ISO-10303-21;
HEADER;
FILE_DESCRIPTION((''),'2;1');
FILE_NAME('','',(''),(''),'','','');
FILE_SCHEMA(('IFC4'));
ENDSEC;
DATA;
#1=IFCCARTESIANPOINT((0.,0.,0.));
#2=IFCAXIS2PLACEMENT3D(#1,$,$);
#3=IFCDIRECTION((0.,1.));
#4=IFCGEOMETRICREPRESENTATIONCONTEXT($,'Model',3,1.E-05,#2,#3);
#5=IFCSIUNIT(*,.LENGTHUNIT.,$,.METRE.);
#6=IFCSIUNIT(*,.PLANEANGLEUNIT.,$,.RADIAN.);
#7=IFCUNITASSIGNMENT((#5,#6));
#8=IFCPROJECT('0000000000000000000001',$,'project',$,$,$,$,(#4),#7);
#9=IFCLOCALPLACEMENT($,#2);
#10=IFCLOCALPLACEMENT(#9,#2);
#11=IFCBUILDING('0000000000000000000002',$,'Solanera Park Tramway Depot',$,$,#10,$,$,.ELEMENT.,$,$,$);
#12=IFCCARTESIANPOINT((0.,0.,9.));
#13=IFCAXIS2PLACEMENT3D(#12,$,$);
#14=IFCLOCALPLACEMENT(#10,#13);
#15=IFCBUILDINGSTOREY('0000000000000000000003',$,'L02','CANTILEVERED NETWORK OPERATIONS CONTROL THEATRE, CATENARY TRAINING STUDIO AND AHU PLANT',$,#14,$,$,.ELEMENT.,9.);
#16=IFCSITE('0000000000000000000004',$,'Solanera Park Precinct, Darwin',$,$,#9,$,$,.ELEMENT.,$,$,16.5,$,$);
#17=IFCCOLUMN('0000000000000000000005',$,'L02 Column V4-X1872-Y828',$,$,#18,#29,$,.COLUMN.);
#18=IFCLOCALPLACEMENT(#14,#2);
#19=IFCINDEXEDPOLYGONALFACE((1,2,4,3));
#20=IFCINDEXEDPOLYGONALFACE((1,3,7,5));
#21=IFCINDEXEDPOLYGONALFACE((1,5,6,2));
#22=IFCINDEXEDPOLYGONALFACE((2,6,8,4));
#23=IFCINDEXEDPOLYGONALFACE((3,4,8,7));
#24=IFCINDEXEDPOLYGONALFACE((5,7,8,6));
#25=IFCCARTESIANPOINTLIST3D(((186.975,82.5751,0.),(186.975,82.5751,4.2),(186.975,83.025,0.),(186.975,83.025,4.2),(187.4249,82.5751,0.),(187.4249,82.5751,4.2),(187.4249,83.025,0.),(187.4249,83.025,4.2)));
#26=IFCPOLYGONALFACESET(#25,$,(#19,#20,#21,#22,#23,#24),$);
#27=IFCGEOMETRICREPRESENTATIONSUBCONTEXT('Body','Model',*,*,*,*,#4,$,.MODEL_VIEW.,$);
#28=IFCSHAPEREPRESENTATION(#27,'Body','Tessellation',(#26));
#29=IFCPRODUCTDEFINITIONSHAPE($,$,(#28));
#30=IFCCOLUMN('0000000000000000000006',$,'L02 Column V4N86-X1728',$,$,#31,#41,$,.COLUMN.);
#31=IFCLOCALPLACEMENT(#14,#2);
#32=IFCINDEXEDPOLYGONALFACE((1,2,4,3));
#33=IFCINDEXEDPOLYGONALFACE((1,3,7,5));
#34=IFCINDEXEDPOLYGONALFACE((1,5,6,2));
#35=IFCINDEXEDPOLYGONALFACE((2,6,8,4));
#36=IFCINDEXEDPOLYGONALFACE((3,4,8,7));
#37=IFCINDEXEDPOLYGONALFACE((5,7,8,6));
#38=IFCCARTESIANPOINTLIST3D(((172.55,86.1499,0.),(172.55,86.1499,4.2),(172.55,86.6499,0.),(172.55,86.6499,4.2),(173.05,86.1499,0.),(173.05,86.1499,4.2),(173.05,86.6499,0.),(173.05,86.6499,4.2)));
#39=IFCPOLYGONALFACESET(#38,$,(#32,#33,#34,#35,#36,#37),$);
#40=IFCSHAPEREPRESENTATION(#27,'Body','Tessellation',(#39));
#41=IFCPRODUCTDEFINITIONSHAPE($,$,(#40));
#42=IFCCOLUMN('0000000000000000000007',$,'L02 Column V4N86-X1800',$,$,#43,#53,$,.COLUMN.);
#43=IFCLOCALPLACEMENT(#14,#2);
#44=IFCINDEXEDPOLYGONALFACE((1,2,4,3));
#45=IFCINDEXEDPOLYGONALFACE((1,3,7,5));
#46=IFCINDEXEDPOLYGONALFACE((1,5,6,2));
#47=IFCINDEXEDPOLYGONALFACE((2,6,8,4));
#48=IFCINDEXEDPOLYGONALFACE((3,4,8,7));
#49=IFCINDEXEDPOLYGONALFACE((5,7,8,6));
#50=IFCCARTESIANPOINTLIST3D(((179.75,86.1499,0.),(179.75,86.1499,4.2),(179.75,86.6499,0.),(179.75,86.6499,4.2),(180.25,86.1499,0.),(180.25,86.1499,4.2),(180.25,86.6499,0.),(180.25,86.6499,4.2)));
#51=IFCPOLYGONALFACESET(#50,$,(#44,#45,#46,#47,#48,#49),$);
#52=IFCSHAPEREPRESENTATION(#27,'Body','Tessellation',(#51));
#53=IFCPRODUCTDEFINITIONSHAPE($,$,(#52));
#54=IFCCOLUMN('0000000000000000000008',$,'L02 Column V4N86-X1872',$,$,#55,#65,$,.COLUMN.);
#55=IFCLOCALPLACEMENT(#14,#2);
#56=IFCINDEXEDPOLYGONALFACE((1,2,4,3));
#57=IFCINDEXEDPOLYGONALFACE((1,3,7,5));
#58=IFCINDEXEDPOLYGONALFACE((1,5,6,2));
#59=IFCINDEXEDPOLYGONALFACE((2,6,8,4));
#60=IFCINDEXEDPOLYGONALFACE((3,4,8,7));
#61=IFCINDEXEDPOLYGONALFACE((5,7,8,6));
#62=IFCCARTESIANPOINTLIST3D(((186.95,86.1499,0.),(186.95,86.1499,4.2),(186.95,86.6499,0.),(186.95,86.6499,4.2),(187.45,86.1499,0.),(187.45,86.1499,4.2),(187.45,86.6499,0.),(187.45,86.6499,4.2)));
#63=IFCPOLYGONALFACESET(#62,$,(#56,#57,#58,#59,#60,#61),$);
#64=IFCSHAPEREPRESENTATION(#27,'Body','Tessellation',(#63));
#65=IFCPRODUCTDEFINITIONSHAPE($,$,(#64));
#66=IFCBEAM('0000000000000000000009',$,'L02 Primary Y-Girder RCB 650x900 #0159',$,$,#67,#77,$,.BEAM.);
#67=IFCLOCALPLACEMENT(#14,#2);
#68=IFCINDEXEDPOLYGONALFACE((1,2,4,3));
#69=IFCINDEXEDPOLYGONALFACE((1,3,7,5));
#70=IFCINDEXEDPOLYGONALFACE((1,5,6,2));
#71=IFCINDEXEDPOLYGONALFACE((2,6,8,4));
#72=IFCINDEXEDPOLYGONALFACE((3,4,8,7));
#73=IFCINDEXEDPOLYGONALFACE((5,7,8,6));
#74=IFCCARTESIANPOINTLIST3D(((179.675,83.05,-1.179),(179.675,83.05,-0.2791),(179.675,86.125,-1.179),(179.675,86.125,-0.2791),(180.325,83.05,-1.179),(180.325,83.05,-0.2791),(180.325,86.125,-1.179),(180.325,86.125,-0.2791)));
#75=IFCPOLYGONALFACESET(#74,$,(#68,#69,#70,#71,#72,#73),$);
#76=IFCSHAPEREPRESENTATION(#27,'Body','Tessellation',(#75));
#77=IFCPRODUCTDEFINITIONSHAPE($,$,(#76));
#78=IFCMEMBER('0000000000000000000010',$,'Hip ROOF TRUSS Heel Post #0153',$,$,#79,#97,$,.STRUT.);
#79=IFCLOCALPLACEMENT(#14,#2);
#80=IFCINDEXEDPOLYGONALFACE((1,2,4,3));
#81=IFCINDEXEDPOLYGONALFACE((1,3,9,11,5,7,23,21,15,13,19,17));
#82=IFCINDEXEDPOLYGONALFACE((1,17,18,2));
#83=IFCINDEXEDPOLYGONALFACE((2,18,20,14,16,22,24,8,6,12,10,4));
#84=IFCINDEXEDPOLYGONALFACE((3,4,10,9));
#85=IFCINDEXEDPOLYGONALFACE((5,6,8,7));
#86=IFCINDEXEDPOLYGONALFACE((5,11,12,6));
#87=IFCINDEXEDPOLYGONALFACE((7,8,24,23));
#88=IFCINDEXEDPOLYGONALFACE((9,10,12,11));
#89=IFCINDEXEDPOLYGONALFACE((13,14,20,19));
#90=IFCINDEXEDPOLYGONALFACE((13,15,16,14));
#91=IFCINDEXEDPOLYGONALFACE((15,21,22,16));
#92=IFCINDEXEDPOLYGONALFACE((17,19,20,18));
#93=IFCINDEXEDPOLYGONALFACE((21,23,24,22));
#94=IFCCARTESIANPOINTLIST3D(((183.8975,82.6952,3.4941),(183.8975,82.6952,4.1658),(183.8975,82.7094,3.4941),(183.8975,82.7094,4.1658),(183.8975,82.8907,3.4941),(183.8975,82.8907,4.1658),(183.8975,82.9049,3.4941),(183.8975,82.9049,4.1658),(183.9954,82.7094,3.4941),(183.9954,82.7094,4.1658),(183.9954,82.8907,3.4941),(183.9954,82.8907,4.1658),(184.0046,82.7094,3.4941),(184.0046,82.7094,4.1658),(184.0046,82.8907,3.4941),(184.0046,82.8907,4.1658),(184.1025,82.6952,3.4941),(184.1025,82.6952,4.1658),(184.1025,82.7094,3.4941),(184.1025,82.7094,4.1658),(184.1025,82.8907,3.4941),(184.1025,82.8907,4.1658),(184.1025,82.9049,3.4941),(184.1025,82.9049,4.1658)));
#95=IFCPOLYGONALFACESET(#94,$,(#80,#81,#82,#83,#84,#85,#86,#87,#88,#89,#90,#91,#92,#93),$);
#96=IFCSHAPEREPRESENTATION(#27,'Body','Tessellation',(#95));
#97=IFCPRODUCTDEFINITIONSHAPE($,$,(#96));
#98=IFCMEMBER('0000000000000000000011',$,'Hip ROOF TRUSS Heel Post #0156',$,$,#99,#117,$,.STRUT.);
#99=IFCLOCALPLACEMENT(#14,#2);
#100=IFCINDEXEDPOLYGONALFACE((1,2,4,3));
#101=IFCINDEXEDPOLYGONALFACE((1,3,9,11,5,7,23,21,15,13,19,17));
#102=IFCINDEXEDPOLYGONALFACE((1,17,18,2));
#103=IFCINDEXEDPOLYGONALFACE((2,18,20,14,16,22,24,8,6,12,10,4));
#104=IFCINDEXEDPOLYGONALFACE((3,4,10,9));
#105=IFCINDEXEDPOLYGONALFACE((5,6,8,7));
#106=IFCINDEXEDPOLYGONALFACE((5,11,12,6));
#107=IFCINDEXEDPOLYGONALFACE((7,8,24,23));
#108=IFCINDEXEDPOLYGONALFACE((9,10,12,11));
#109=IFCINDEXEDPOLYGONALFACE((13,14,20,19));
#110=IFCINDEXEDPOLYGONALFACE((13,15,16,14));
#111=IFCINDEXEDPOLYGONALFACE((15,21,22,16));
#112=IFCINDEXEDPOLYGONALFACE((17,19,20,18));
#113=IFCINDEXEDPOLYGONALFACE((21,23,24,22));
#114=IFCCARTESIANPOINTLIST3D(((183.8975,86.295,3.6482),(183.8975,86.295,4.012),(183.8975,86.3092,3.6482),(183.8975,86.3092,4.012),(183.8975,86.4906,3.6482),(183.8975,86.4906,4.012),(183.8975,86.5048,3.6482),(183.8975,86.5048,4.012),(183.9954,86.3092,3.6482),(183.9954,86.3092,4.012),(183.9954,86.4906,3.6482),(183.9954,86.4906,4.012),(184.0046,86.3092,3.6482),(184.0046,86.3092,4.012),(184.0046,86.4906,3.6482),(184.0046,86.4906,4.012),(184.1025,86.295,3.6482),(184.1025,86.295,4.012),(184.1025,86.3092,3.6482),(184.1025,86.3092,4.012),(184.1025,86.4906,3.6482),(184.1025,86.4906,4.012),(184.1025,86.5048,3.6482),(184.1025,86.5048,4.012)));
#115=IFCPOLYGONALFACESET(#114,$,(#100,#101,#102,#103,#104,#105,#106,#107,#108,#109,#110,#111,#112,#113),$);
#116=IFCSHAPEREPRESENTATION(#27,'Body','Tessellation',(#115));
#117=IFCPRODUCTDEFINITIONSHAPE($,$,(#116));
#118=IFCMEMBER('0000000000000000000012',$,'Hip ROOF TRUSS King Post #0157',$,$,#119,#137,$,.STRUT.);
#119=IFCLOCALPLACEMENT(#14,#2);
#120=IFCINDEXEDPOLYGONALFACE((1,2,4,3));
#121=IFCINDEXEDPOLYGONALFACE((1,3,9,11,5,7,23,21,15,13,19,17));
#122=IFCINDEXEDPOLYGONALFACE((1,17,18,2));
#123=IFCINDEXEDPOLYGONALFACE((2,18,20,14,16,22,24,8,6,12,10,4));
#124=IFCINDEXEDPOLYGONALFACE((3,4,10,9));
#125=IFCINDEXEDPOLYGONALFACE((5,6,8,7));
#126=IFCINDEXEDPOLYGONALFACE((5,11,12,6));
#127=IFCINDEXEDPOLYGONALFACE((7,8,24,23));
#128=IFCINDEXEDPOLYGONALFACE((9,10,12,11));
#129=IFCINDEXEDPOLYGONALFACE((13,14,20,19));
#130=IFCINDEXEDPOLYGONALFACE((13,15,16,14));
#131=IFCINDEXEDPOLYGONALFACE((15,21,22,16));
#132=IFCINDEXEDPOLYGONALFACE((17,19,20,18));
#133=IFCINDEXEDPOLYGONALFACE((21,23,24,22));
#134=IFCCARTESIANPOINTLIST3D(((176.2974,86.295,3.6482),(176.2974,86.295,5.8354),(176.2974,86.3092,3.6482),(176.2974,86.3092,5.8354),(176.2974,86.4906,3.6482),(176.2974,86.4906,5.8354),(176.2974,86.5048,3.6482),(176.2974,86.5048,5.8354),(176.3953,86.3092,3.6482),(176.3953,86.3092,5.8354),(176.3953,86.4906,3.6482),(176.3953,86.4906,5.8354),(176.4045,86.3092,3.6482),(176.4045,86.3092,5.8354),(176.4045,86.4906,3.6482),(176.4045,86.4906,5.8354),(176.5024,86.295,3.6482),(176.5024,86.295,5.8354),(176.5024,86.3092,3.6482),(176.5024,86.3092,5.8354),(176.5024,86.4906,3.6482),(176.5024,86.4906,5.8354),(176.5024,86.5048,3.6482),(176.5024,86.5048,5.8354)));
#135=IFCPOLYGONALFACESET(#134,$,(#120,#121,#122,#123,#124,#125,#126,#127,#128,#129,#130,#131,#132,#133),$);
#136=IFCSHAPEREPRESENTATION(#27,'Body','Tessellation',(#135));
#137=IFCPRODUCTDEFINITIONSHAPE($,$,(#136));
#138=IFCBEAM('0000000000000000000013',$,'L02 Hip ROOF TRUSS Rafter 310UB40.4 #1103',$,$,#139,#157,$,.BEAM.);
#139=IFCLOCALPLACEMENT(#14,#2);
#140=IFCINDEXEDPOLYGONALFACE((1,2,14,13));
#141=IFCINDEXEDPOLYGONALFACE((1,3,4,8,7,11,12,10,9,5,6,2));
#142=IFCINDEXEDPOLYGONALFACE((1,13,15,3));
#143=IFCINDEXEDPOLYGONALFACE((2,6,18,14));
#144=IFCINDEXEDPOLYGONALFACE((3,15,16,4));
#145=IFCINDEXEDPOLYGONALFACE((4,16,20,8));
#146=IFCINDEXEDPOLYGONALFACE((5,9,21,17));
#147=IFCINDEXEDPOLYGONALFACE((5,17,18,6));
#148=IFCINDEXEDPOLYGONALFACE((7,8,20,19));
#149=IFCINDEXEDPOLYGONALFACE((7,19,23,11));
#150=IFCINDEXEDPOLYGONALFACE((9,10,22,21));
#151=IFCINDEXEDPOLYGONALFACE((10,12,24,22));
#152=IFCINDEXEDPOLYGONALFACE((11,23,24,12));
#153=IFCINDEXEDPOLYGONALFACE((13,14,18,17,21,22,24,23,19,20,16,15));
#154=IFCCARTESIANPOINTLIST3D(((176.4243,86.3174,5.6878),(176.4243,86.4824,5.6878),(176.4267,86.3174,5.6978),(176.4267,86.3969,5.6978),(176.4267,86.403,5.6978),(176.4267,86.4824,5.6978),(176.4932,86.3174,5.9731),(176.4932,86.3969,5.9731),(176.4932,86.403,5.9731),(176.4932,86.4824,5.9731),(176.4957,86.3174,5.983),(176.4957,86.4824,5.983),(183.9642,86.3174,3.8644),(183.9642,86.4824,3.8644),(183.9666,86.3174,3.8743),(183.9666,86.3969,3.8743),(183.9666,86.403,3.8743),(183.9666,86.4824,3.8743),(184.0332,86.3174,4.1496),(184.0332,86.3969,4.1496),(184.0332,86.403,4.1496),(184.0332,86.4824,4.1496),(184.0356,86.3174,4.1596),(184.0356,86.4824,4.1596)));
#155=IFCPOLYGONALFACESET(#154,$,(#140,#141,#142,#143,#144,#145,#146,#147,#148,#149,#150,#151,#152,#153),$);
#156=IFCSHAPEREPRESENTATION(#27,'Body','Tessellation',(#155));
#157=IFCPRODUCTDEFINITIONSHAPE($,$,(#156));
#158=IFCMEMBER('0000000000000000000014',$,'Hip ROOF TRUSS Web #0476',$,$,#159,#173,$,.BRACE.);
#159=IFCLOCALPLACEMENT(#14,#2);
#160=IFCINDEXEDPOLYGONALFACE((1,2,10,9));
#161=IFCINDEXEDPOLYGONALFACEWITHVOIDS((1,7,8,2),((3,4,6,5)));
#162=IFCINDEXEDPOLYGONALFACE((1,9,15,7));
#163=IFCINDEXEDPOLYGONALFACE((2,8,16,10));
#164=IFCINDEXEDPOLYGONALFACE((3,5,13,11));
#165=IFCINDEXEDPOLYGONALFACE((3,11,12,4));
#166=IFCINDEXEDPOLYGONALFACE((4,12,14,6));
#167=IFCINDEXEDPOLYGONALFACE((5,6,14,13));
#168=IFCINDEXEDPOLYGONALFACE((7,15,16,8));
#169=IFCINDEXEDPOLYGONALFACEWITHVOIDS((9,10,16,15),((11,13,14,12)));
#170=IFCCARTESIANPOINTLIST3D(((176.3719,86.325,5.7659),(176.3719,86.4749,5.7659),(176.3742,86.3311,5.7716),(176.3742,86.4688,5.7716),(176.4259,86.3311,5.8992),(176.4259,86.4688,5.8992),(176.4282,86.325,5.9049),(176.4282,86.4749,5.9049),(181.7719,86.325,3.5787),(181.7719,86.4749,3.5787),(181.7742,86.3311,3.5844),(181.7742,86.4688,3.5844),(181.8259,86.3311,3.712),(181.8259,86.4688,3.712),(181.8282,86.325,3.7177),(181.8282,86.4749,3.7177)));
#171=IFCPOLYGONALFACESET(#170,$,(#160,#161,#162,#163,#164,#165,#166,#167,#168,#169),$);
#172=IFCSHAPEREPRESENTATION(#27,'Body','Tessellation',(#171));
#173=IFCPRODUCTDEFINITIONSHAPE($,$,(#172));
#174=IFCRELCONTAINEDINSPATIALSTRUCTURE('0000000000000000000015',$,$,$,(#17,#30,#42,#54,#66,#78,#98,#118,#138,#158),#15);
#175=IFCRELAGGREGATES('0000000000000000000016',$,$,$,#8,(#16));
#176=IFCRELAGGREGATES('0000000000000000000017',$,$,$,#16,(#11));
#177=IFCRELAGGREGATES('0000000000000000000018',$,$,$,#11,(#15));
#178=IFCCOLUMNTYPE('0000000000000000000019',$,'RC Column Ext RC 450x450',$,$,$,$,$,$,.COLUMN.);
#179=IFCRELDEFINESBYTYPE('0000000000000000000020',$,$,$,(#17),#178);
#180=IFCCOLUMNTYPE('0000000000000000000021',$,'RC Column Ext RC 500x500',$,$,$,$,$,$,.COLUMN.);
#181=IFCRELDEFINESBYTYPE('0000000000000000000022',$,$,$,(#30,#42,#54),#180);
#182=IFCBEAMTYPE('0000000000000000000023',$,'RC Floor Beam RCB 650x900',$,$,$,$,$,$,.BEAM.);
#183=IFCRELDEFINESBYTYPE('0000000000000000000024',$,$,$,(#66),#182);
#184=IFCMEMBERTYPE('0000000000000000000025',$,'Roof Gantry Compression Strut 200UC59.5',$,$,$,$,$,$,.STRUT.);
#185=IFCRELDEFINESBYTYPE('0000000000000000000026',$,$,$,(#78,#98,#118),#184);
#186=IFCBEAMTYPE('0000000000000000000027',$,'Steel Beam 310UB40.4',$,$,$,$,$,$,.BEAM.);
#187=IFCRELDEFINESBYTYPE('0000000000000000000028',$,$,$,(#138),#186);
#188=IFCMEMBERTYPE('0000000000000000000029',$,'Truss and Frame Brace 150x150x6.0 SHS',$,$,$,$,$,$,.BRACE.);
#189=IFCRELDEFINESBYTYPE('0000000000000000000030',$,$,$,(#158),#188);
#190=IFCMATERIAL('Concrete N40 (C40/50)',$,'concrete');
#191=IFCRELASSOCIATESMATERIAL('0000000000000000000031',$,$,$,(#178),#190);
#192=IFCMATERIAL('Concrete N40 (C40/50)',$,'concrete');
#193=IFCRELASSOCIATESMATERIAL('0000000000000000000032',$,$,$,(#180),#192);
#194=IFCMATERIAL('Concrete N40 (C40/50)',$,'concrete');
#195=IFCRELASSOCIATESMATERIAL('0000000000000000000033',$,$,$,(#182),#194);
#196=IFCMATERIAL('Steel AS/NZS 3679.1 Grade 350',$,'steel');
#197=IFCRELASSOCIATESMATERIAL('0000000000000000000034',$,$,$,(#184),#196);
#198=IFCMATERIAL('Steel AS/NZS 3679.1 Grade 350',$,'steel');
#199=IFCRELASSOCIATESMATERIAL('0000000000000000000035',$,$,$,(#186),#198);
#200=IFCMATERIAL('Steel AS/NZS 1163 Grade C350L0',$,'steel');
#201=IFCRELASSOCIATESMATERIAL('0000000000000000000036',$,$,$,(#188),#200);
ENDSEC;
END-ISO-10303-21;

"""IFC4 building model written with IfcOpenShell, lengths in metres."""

from ifc_helpers import new_model, si_unit, direction, frame, origin, origin_2d, place, context, subcontext, project, spatial, rectangle, hollow_rectangle, i_section, extrude, material, material_profile, profile_set, type_object, element, save


model = new_model("IFC4")

# Units and contexts
model_context = context("Model", 3, precision=1e-05, world=origin(), true_north=direction((0.0, 1.0)))
body_context = subcontext(model_context, "Body", "Model", "MODEL_VIEW")
ifc_project = project(units=[si_unit("LENGTHUNIT", "METRE"), si_unit("PLANEANGLEUNIT", "RADIAN")], contexts=[model_context])

# Site, building, storey
site_placement = place(None, origin())
site = spatial("IfcSite", under=ifc_project, at=site_placement, Name="Solanera Park Precinct, Darwin", CompositionType="ELEMENT", RefElevation=16.5)
building_placement = place(site_placement, origin())
building = spatial("IfcBuilding", under=site, at=building_placement, Name="Solanera Park Tramway Depot", CompositionType="ELEMENT")
storey_placement = place(building_placement, frame((0.0, 0.0, 9.0)))
storey = spatial("IfcBuildingStorey", under=building, at=storey_placement, Name="L02", Description="CANTILEVERED NETWORK OPERATIONS CONTROL THEATRE, CATENARY TRAINING STUDIO AND AHU PLANT", CompositionType="ELEMENT", Elevation=9.0)

# Columns
ifc_material_1 = material(Name="Concrete N40 (C40/50)", Category="concrete")
ifc_material_profile_1 = material_profile(ifc_material_1, rectangle(XDim=0.45, YDim=0.45, at=origin_2d()), Name="RC 450x450")
ifc_profile_set_1 = profile_set([ifc_material_profile_1], Name="Concrete N40 (C40/50)")
column_type_1 = type_object("IfcColumnType", Name="RC Column Ext RC 450x450", PredefinedType="COLUMN", material=ifc_profile_set_1)
column_placement = place(storey_placement, frame((187.2, 82.8, 0.0), z_axis=(0.0, 0.0, 1.0), x_axis=(1.0, 0.0, 0.0)))
element("IfcColumn", 1, at=column_placement, inside=storey, type_object=column_type_1, Name="L02 Column V4-X1872-Y828", PredefinedType="COLUMN", context=body_context, shape_type="SweptSolid", body=[
    extrude(rectangle(XDim=0.45, YDim=0.45, at=origin_2d()), origin(), (0.0, 0.0, 1.0), 4.2),
])
ifc_material_2 = material(Name="Concrete N40 (C40/50)", Category="concrete")
ifc_material_profile_2 = material_profile(ifc_material_2, rectangle(XDim=0.5, YDim=0.5, at=origin_2d()), Name="RC 500x500")
ifc_profile_set_2 = profile_set([ifc_material_profile_2], Name="Concrete N40 (C40/50)")
column_type_2 = type_object("IfcColumnType", Name="RC Column Ext RC 500x500", PredefinedType="COLUMN", material=ifc_profile_set_2)
for number, where, z_axis, x_axis, name in (
    (2, (172.8, 86.3999, 0.0), (0.0, 0.0, 1.0), (1.0, 0.0, 0.0), "L02 Column V4N86-X1728"),
    (3, (180.0, 86.3999, 0.0), (0.0, 0.0, 1.0), (1.0, 0.0, 0.0), "L02 Column V4N86-X1800"),
    (4, (187.2, 86.3999, 0.0), (0.0, 0.0, 1.0), (1.0, 0.0, 0.0), "L02 Column V4N86-X1872"),
):
    element("IfcColumn", number, at=place(storey_placement, frame(where, z_axis=z_axis, x_axis=x_axis)), inside=storey, type_object=column_type_2, Name=name, PredefinedType="COLUMN", context=body_context, shape_type="SweptSolid", body=[
        extrude(rectangle(XDim=0.5, YDim=0.5, at=origin_2d()), origin(), (0.0, 0.0, 1.0), 4.2),
    ])

# Beam
ifc_material_3 = material(Name="Concrete N40 (C40/50)", Category="concrete")
ifc_material_profile_3 = material_profile(ifc_material_3, rectangle(XDim=0.6499, YDim=0.8999, at=origin_2d()), Name="RCB 650x900")
ifc_profile_set_3 = profile_set([ifc_material_profile_3], Name="Concrete N40 (C40/50)")
beam_type_1 = type_object("IfcBeamType", Name="RC Floor Beam RCB 650x900", PredefinedType="BEAM", material=ifc_profile_set_3)
beam_1_placement = place(storey_placement, frame((180.0, 83.05, -0.729), z_axis=(0.0, 1.0, 0.0), x_axis=(-1.0, 0.0, 0.0)))
element("IfcBeam", 5, at=beam_1_placement, inside=storey, type_object=beam_type_1, Name="L02 Primary Y-Girder RCB 650x900 #0159", PredefinedType="BEAM", context=body_context, shape_type="SweptSolid", body=[
    extrude(rectangle(XDim=0.6499, YDim=0.8999, at=origin_2d()), origin(), (0.0, 0.0, 1.0), 3.075),
])

# Members
ifc_material_4 = material(Name="Steel AS/NZS 3679.1 Grade 350", Category="steel")
ifc_material_profile_4 = material_profile(ifc_material_4, i_section(OverallWidth=0.2051, OverallDepth=0.2097, WebThickness=0.0093, FlangeThickness=0.0142, at=origin_2d()), Name="200UC59.5")
ifc_profile_set_4 = profile_set([ifc_material_profile_4], Name="Steel AS/NZS 3679.1 Grade 350")
member_type_1 = type_object("IfcMemberType", Name="Roof Gantry Compression Strut 200UC59.5", PredefinedType="STRUT", material=ifc_profile_set_4)
member_1_placement = place(storey_placement, frame((184.0, 82.8, 3.4941), z_axis=(0.0, 0.0, 1.0), x_axis=(1.0, 0.0, 0.0)))
element("IfcMember", 6, at=member_1_placement, inside=storey, type_object=member_type_1, Name="Hip ROOF TRUSS Heel Post #0153", PredefinedType="STRUT", context=body_context, shape_type="SweptSolid", body=[
    extrude(i_section(OverallWidth=0.2051, OverallDepth=0.2097, WebThickness=0.0093, FlangeThickness=0.0142, at=origin_2d()), origin(), (0.0, 0.0, 1.0), 0.6716),
])
member_2_placement = place(storey_placement, frame((184.0, 86.3999, 3.6482), z_axis=(0.0, 0.0, 1.0), x_axis=(1.0, 0.0, 0.0)))
element("IfcMember", 7, at=member_2_placement, inside=storey, type_object=member_type_1, Name="Hip ROOF TRUSS Heel Post #0156", PredefinedType="STRUT", context=body_context, shape_type="SweptSolid", body=[
    extrude(i_section(OverallWidth=0.2051, OverallDepth=0.2097, WebThickness=0.0093, FlangeThickness=0.0142, at=origin_2d()), origin(), (0.0, 0.0, 1.0), 0.3638),
])
member_3_placement = place(storey_placement, frame((176.3999, 86.3999, 3.6482), z_axis=(0.0, 0.0, 1.0), x_axis=(1.0, 0.0, 0.0)))
element("IfcMember", 8, at=member_3_placement, inside=storey, type_object=member_type_1, Name="Hip ROOF TRUSS King Post #0157", PredefinedType="STRUT", context=body_context, shape_type="SweptSolid", body=[
    extrude(i_section(OverallWidth=0.2051, OverallDepth=0.2097, WebThickness=0.0093, FlangeThickness=0.0142, at=origin_2d()), origin(), (0.0, 0.0, 1.0), 2.1873),
])

# Beam
ifc_material_5 = material(Name="Steel AS/NZS 3679.1 Grade 350", Category="steel")
ifc_material_profile_5 = material_profile(ifc_material_5, i_section(OverallWidth=0.165, OverallDepth=0.3037, WebThickness=0.0061, FlangeThickness=0.0103, at=origin_2d()), Name="310UB40.4")
ifc_profile_set_5 = profile_set([ifc_material_profile_5], Name="Steel AS/NZS 3679.1 Grade 350")
beam_type_2 = type_object("IfcBeamType", Name="Steel Beam 310UB40.4", PredefinedType="BEAM", material=ifc_profile_set_5)
beam_2_placement = place(storey_placement, frame((176.46, 86.3999, 5.8354), z_axis=(0.97198, 0.0, -0.235064), x_axis=(0.0, 1.0, 0.0)))
element("IfcBeam", 9, at=beam_2_placement, inside=storey, type_object=beam_type_2, Name="L02 Hip ROOF TRUSS Rafter 310UB40.4 #1103", PredefinedType="BEAM", context=body_context, shape_type="SweptSolid", body=[
    extrude(i_section(OverallWidth=0.165, OverallDepth=0.3037, WebThickness=0.0061, FlangeThickness=0.0103, at=origin_2d()), origin(), (0.0, 0.0, 1.0), 7.7573),
])

# Member
ifc_material_6 = material(Name="Steel AS/NZS 1163 Grade C350L0", Category="steel")
ifc_material_profile_6 = material_profile(ifc_material_6, hollow_rectangle(XDim=0.1499, YDim=0.1499, WallThickness=0.0061, at=origin_2d()), Name="150x150x6.0 SHS")
ifc_profile_set_6 = profile_set([ifc_material_profile_6], Name="Steel AS/NZS 1163 Grade C350L0")
member_type_2 = type_object("IfcMemberType", Name="Truss and Frame Brace 150x150x6.0 SHS", PredefinedType="BRACE", material=ifc_profile_set_6)
member_4_placement = place(storey_placement, frame((181.8, 86.3999, 3.6482), z_axis=(-0.926858, 0.0, 0.375411), x_axis=(0.0, -1.0, 0.0)))
element("IfcMember", 10, at=member_4_placement, inside=storey, type_object=member_type_2, Name="Hip ROOF TRUSS Web #0476", PredefinedType="BRACE", context=body_context, shape_type="SweptSolid", body=[
    extrude(hollow_rectangle(XDim=0.1499, YDim=0.1499, WallThickness=0.0061, at=origin_2d()), origin(), (0.0, 0.0, 1.0), 5.8262),
])

save(model, "model.ifc")
